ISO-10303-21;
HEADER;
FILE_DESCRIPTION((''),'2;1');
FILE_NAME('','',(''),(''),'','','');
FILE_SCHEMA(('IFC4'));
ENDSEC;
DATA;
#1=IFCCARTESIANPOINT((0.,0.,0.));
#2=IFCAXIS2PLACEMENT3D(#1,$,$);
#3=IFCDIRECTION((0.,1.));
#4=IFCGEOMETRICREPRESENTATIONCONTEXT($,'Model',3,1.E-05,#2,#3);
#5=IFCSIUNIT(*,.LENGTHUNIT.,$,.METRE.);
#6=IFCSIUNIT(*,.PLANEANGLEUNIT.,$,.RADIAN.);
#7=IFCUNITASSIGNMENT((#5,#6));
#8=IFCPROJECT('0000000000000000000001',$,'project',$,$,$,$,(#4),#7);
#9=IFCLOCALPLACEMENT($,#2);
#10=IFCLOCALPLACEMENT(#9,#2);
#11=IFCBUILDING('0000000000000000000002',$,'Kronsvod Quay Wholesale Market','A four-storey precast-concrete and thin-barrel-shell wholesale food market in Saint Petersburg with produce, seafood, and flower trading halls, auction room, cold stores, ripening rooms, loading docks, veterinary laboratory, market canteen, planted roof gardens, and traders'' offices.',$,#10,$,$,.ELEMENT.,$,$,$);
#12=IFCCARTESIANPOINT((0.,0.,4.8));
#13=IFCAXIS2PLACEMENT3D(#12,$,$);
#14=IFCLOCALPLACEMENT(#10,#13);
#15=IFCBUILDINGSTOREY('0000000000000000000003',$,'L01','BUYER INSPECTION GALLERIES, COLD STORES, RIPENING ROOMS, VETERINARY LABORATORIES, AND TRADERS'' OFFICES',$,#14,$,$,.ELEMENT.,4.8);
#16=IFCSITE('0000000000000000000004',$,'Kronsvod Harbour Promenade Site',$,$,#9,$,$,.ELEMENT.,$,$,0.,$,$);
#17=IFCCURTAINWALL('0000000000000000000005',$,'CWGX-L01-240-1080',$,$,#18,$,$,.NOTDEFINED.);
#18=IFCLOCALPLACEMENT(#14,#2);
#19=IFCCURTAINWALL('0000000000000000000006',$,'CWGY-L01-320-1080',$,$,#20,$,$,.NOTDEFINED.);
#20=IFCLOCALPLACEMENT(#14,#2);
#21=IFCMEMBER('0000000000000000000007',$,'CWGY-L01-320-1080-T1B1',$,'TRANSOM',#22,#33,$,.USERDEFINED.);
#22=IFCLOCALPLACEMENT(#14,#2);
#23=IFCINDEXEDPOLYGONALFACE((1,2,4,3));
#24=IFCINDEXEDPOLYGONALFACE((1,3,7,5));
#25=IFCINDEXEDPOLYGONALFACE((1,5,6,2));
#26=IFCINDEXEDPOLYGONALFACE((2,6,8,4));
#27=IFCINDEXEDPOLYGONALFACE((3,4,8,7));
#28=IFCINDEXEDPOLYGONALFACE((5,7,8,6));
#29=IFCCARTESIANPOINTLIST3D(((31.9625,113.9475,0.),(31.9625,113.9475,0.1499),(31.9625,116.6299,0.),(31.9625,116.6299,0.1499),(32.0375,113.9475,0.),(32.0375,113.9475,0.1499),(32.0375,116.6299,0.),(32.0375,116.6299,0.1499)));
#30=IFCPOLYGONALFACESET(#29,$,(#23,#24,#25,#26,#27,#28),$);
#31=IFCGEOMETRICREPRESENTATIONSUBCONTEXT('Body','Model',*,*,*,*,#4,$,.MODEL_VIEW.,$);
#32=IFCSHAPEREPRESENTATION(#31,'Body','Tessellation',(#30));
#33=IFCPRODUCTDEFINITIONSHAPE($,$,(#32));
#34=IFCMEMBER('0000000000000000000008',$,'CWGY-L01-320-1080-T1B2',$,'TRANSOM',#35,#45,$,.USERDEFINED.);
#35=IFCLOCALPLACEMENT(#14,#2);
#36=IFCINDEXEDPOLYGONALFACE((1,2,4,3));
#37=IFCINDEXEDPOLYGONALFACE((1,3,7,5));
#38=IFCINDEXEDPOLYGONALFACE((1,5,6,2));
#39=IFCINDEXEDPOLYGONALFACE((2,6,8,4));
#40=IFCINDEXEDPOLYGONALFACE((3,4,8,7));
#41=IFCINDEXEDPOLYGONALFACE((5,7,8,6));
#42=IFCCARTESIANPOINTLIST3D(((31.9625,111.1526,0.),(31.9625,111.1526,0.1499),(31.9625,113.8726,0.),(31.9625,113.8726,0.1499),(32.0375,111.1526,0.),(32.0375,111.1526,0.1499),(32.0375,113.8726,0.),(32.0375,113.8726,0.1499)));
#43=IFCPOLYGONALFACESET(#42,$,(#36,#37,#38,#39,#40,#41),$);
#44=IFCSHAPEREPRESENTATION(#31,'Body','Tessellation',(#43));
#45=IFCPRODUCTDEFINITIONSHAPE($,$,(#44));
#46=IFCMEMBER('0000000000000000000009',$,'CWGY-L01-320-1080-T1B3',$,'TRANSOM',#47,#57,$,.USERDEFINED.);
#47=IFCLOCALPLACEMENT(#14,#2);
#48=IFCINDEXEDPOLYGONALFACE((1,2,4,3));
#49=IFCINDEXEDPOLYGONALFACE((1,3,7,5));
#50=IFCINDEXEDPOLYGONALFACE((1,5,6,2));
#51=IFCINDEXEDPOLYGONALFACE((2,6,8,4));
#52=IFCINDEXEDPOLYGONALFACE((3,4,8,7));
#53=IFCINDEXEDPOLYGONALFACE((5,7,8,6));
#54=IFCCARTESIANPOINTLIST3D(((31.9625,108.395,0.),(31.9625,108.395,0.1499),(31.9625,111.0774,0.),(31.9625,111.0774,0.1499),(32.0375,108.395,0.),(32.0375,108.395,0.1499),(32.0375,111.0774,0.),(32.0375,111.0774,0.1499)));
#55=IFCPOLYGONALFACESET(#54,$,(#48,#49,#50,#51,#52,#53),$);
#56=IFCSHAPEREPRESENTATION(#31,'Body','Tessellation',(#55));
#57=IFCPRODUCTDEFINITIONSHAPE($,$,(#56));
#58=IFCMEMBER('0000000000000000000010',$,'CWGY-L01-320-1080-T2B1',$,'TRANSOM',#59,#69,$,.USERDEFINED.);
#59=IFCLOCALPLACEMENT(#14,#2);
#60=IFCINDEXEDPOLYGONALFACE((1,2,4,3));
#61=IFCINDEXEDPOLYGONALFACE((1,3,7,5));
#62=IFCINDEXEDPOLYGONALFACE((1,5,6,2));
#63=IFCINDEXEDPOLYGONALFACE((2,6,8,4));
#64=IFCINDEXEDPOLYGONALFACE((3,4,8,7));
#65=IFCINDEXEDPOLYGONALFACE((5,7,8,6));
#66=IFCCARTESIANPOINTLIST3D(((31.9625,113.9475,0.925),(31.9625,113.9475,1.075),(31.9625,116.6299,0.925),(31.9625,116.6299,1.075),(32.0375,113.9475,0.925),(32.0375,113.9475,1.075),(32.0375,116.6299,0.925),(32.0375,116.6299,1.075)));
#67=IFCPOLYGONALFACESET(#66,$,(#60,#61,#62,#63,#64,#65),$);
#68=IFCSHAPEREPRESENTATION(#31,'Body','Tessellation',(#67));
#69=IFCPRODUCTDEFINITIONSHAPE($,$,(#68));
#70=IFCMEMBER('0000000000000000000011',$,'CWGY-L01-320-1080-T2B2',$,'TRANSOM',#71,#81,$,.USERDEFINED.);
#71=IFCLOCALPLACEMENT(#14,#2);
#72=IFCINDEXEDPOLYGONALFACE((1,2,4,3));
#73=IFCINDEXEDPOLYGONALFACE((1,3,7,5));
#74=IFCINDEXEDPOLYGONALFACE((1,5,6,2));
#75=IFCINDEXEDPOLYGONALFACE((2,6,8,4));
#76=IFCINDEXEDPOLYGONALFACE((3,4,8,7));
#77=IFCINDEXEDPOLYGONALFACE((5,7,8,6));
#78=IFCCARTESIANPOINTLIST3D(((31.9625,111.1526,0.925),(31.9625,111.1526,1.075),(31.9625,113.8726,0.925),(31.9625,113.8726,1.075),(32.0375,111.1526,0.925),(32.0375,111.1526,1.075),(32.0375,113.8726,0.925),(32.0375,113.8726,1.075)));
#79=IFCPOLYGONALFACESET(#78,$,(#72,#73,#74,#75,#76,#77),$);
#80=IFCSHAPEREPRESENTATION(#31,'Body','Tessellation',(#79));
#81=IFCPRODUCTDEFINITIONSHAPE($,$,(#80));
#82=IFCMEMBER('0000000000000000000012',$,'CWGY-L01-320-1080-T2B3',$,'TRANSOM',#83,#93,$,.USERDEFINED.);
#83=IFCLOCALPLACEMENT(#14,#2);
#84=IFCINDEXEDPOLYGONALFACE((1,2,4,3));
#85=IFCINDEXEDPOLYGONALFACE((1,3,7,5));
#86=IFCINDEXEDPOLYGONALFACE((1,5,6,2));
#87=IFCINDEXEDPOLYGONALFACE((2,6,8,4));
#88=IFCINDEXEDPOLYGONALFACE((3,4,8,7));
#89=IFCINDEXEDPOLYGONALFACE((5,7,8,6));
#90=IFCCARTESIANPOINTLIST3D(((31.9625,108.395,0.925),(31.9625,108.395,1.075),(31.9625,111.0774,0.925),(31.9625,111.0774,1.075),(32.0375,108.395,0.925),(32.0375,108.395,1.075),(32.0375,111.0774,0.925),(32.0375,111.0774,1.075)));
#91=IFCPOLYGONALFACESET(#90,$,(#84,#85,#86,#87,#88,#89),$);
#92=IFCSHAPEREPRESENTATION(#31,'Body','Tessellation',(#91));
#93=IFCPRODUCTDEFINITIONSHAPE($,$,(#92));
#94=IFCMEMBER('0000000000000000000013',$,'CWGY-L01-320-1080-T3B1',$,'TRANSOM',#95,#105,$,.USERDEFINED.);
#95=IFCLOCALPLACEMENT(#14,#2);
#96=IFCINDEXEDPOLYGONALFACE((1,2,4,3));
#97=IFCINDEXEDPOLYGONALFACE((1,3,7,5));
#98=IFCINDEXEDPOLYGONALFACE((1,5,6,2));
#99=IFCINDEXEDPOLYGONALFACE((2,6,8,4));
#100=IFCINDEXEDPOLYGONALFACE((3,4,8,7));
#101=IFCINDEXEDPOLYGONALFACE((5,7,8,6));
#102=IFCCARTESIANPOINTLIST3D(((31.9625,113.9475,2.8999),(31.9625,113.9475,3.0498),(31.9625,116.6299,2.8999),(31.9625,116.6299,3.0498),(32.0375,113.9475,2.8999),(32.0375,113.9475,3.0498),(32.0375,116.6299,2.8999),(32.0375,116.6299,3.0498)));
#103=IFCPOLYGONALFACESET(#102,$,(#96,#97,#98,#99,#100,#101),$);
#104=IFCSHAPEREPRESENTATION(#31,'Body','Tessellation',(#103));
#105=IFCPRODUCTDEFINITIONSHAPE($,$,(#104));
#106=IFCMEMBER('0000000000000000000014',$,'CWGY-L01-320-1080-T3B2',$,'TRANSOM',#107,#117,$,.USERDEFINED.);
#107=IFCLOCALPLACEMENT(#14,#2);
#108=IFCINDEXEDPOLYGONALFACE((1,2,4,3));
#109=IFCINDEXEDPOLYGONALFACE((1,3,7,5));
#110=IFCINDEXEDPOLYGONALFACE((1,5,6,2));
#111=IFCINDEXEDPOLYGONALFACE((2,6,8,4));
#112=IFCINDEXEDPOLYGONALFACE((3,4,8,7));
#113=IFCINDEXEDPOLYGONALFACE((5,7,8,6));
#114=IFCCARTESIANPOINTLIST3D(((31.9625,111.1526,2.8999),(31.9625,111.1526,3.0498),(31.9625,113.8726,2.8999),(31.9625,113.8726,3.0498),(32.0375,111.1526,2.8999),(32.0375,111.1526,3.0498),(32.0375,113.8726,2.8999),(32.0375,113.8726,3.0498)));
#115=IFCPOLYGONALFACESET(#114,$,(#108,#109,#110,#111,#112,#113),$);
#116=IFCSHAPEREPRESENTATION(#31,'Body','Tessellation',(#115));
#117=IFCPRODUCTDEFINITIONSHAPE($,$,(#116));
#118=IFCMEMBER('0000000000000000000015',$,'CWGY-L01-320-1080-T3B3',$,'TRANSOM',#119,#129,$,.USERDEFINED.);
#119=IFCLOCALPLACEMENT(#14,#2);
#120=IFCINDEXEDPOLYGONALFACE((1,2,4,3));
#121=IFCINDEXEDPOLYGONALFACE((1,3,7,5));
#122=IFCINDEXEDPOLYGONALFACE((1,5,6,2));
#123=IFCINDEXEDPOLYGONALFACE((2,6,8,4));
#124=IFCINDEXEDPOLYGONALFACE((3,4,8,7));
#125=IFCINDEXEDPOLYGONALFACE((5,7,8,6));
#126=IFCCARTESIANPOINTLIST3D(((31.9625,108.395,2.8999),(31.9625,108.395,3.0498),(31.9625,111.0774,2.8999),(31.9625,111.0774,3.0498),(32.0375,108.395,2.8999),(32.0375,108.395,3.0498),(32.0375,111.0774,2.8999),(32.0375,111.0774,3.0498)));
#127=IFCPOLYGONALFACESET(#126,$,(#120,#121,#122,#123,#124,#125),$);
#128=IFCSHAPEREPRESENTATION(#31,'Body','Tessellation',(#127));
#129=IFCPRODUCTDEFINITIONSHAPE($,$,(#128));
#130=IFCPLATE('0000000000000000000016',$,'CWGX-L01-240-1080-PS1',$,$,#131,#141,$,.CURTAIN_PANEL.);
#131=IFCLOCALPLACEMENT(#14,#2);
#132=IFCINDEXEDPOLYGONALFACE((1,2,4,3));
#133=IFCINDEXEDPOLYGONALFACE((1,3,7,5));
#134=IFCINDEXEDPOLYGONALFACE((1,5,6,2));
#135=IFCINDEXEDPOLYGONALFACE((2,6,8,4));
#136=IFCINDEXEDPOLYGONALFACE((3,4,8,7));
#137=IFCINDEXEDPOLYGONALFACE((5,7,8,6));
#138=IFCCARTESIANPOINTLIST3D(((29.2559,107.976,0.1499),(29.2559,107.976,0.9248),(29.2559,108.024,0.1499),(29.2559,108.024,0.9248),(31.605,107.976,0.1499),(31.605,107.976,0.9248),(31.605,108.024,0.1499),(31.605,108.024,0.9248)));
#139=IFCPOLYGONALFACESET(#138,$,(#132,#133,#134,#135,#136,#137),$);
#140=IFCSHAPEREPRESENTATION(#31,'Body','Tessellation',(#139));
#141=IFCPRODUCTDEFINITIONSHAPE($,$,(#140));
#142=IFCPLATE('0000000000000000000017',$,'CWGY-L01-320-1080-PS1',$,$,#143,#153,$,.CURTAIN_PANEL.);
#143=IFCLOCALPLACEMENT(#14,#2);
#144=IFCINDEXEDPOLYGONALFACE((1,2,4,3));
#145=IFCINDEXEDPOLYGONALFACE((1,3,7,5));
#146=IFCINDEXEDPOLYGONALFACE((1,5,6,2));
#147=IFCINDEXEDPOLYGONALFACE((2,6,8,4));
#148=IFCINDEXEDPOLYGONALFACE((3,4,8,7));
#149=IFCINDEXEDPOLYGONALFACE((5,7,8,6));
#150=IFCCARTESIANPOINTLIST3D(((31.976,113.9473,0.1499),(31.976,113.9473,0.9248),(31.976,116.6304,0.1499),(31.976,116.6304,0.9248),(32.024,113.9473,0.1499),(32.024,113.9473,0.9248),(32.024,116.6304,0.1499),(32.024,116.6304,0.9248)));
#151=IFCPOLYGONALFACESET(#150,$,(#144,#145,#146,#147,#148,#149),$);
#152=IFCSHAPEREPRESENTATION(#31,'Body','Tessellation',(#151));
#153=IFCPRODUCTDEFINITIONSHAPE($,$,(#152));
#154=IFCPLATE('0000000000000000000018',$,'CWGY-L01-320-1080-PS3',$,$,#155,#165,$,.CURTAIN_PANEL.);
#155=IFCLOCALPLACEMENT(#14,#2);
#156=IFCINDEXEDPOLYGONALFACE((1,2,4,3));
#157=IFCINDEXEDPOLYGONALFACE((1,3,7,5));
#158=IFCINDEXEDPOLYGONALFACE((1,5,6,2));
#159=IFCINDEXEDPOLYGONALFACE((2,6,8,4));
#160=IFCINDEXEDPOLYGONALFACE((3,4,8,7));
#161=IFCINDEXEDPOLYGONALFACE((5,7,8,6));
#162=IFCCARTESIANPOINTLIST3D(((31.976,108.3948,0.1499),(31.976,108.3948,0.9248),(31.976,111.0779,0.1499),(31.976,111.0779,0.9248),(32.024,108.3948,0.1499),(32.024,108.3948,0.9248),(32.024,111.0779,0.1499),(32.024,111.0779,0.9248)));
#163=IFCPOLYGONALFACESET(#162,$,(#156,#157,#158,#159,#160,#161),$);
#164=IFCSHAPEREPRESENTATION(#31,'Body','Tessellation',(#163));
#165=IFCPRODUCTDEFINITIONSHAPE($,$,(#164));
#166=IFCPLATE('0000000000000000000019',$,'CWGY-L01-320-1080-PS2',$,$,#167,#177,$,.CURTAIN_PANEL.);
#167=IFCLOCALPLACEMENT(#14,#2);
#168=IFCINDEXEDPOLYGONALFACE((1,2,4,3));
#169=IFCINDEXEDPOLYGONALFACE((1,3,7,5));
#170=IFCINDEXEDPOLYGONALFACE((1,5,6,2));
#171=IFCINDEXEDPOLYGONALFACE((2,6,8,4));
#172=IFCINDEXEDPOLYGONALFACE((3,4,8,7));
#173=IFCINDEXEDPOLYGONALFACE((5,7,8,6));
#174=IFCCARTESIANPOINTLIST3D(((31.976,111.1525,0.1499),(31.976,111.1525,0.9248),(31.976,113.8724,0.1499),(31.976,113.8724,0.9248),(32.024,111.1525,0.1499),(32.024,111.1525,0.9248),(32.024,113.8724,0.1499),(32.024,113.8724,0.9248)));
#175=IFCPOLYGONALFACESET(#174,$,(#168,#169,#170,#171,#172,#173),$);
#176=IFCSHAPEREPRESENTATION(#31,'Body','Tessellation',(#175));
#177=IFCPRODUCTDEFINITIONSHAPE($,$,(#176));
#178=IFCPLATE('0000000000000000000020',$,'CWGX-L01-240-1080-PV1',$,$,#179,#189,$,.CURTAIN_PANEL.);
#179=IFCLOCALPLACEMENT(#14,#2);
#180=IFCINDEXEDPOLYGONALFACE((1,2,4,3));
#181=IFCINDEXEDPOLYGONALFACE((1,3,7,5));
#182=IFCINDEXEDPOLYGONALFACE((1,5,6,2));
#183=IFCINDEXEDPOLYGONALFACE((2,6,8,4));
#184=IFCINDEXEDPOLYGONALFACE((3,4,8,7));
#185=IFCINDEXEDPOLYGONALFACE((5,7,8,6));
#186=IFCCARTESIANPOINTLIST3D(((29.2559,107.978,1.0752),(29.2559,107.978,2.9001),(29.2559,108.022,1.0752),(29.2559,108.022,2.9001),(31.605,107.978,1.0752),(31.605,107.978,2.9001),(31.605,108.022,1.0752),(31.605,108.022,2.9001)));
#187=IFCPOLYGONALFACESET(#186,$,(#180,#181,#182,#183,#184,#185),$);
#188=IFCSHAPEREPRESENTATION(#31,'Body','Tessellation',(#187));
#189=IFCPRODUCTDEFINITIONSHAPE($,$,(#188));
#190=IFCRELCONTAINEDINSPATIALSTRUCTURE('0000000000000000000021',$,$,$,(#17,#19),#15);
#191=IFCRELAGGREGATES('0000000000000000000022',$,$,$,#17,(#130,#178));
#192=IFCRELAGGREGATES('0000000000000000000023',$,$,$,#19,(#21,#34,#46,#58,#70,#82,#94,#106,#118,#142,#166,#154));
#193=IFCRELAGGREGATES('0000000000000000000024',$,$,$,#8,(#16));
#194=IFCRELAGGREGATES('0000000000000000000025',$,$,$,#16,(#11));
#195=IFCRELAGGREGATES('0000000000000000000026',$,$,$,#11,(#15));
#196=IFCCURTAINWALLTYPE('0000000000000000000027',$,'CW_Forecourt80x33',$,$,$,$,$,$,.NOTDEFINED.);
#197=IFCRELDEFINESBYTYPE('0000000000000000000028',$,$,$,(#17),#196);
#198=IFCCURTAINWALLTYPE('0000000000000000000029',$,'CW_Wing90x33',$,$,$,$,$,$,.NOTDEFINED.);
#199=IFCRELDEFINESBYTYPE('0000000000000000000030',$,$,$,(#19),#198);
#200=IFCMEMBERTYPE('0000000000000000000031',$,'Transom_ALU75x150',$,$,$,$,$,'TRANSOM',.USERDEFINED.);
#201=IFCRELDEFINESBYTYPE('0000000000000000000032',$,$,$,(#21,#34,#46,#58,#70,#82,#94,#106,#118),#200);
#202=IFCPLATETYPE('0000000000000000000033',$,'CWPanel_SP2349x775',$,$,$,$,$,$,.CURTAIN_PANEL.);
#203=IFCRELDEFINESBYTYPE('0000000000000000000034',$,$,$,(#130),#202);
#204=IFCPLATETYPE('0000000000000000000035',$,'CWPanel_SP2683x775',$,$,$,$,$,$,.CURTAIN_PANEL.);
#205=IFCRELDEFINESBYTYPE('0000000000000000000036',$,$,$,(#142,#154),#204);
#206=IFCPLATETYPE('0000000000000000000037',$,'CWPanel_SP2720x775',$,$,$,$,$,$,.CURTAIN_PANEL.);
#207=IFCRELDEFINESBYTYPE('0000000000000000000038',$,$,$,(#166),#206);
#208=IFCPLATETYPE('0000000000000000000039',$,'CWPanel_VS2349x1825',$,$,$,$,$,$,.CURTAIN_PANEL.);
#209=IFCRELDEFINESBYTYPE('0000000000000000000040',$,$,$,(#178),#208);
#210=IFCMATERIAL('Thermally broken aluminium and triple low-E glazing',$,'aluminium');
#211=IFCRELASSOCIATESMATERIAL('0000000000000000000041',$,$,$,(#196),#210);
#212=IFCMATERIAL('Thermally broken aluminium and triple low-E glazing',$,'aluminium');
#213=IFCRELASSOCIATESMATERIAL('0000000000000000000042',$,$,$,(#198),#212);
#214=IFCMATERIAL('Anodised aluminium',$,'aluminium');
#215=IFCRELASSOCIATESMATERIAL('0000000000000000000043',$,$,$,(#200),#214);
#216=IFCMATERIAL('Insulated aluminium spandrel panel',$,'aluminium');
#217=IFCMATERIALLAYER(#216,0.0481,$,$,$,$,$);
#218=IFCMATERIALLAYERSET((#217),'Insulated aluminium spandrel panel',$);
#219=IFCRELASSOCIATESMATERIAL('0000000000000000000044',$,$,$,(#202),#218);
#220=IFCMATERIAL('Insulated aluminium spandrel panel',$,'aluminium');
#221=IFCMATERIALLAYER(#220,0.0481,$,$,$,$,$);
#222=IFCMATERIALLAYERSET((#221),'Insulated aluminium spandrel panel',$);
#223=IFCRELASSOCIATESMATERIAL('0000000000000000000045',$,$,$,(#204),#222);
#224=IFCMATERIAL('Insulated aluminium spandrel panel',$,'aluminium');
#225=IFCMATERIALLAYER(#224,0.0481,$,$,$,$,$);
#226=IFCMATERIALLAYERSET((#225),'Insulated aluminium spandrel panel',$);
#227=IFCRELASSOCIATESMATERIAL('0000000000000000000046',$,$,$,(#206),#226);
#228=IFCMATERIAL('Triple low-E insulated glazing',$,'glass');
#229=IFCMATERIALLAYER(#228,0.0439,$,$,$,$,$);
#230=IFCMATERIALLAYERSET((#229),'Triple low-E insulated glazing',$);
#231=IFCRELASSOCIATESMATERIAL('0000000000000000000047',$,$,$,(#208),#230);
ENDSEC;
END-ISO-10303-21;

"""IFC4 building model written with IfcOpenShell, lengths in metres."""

from ifc_helpers import new_model, si_unit, direction, frame, origin, origin_2d, place, context, subcontext, project, spatial, rectangle, extrude, material, layer, layer_set, material_profile, profile_set, type_object, element, aggregate, save


model = new_model("IFC4")

# Units and contexts
model_context = context("Model", 3, precision=1e-05, world=origin(), true_north=direction((0.0, 1.0)))
body_context = subcontext(model_context, "Body", "Model", "MODEL_VIEW")
ifc_project = project(units=[si_unit("LENGTHUNIT", "METRE"), si_unit("PLANEANGLEUNIT", "RADIAN")], contexts=[model_context])

# Site, building, storey
site_placement = place(None, origin())
site = spatial("IfcSite", under=ifc_project, at=site_placement, Name="Kronsvod Harbour Promenade Site", CompositionType="ELEMENT", RefElevation=0.0)
building_placement = place(site_placement, origin())
building = spatial("IfcBuilding", under=site, at=building_placement, Name="Kronsvod Quay Wholesale Market", Description="A four-storey precast-concrete and thin-barrel-shell wholesale food market in Saint Petersburg with produce, seafood, and flower trading halls, auction room, cold stores, ripening rooms, loading docks, veterinary laboratory, market canteen, planted roof gardens, and traders' offices.", CompositionType="ELEMENT")
storey_placement = place(building_placement, frame((0.0, 0.0, 4.8)))
storey = spatial("IfcBuildingStorey", under=building, at=storey_placement, Name="L01", Description="BUYER INSPECTION GALLERIES, COLD STORES, RIPENING ROOMS, VETERINARY LABORATORIES, AND TRADERS' OFFICES", CompositionType="ELEMENT", Elevation=4.8)

# Curtain walls
ifc_material_1 = material(Name="Thermally broken aluminium and triple low-E glazing", Category="aluminium")
curtain_wall_type_1 = type_object("IfcCurtainWallType", Name="CW_Forecourt80x33", PredefinedType="NOTDEFINED", material=ifc_material_1)
curtain_wall_1_placement = place(storey_placement, origin())
curtain_wall_1 = element("IfcCurtainWall", 1, at=curtain_wall_1_placement, inside=storey, type_object=curtain_wall_type_1, Name="CWGX-L01-240-1080", PredefinedType="NOTDEFINED")
ifc_material_2 = material(Name="Thermally broken aluminium and triple low-E glazing", Category="aluminium")
curtain_wall_type_2 = type_object("IfcCurtainWallType", Name="CW_Wing90x33", PredefinedType="NOTDEFINED", material=ifc_material_2)
curtain_wall_2_placement = place(storey_placement, origin())
curtain_wall_2 = element("IfcCurtainWall", 2, at=curtain_wall_2_placement, inside=storey, type_object=curtain_wall_type_2, Name="CWGY-L01-320-1080", PredefinedType="NOTDEFINED")

# Members
ifc_material_3 = material(Name="Anodised aluminium", Category="aluminium")
ifc_material_profile_1 = material_profile(ifc_material_3, rectangle(XDim=0.075, YDim=0.1499, at=origin_2d()), Name="ALUT75x150")
ifc_profile_set_1 = profile_set([ifc_material_profile_1], Name="Anodised aluminium")
member_type_1 = type_object("IfcMemberType", Name="Transom_ALU75x150", ElementType="TRANSOM", PredefinedType="USERDEFINED", material=ifc_profile_set_1)
member_1_placement = place(storey_placement, frame((32.0, 116.6299, 0.075), z_axis=(0.0, -1.0, 0.0), x_axis=(1.0, 0.0, 0.0)))
member_1 = element("IfcMember", 3, at=member_1_placement, type_object=member_type_1, Name="CWGY-L01-320-1080-T1B1", ObjectType="TRANSOM", PredefinedType="USERDEFINED", context=body_context, shape_type="SweptSolid", body=[
    extrude(rectangle(XDim=0.075, YDim=0.1499, at=origin_2d()), origin(), (0.0, 0.0, 1.0), 2.6824),
])
member_2_placement = place(storey_placement, frame((32.0, 113.8726, 0.075), z_axis=(0.0, -1.0, 0.0), x_axis=(1.0, 0.0, 0.0)))
member_2 = element("IfcMember", 4, at=member_2_placement, type_object=member_type_1, Name="CWGY-L01-320-1080-T1B2", ObjectType="TRANSOM", PredefinedType="USERDEFINED", context=body_context, shape_type="SweptSolid", body=[
    extrude(rectangle(XDim=0.075, YDim=0.1499, at=origin_2d()), origin(), (0.0, 0.0, 1.0), 2.72),
])
member_3_placement = place(storey_placement, frame((32.0, 111.0774, 0.075), z_axis=(0.0, -1.0, 0.0), x_axis=(1.0, 0.0, 0.0)))
member_3 = element("IfcMember", 5, at=member_3_placement, type_object=member_type_1, Name="CWGY-L01-320-1080-T1B3", ObjectType="TRANSOM", PredefinedType="USERDEFINED", context=body_context, shape_type="SweptSolid", body=[
    extrude(rectangle(XDim=0.075, YDim=0.1499, at=origin_2d()), origin(), (0.0, 0.0, 1.0), 2.6824),
])
member_4_placement = place(storey_placement, frame((32.0, 116.6299, 1.0), z_axis=(0.0, -1.0, 0.0), x_axis=(1.0, 0.0, 0.0)))
member_4 = element("IfcMember", 6, at=member_4_placement, type_object=member_type_1, Name="CWGY-L01-320-1080-T2B1", ObjectType="TRANSOM", PredefinedType="USERDEFINED", context=body_context, shape_type="SweptSolid", body=[
    extrude(rectangle(XDim=0.075, YDim=0.1499, at=origin_2d()), origin(), (0.0, 0.0, 1.0), 2.6824),
])
member_5_placement = place(storey_placement, frame((32.0, 113.8726, 1.0), z_axis=(0.0, -1.0, 0.0), x_axis=(1.0, 0.0, 0.0)))
member_5 = element("IfcMember", 7, at=member_5_placement, type_object=member_type_1, Name="CWGY-L01-320-1080-T2B2", ObjectType="TRANSOM", PredefinedType="USERDEFINED", context=body_context, shape_type="SweptSolid", body=[
    extrude(rectangle(XDim=0.075, YDim=0.1499, at=origin_2d()), origin(), (0.0, 0.0, 1.0), 2.72),
])
member_6_placement = place(storey_placement, frame((32.0, 111.0774, 1.0), z_axis=(0.0, -1.0, 0.0), x_axis=(1.0, 0.0, 0.0)))
member_6 = element("IfcMember", 8, at=member_6_placement, type_object=member_type_1, Name="CWGY-L01-320-1080-T2B3", ObjectType="TRANSOM", PredefinedType="USERDEFINED", context=body_context, shape_type="SweptSolid", body=[
    extrude(rectangle(XDim=0.075, YDim=0.1499, at=origin_2d()), origin(), (0.0, 0.0, 1.0), 2.6824),
])
member_7_placement = place(storey_placement, frame((32.0, 116.6299, 2.9749), z_axis=(0.0, -1.0, 0.0), x_axis=(1.0, 0.0, 0.0)))
member_7 = element("IfcMember", 9, at=member_7_placement, type_object=member_type_1, Name="CWGY-L01-320-1080-T3B1", ObjectType="TRANSOM", PredefinedType="USERDEFINED", context=body_context, shape_type="SweptSolid", body=[
    extrude(rectangle(XDim=0.075, YDim=0.1499, at=origin_2d()), origin(), (0.0, 0.0, 1.0), 2.6824),
])
member_8_placement = place(storey_placement, frame((32.0, 113.8726, 2.9749), z_axis=(0.0, -1.0, 0.0), x_axis=(1.0, 0.0, 0.0)))
member_8 = element("IfcMember", 10, at=member_8_placement, type_object=member_type_1, Name="CWGY-L01-320-1080-T3B2", ObjectType="TRANSOM", PredefinedType="USERDEFINED", context=body_context, shape_type="SweptSolid", body=[
    extrude(rectangle(XDim=0.075, YDim=0.1499, at=origin_2d()), origin(), (0.0, 0.0, 1.0), 2.72),
])
member_9_placement = place(storey_placement, frame((32.0, 111.0774, 2.9749), z_axis=(0.0, -1.0, 0.0), x_axis=(1.0, 0.0, 0.0)))
member_9 = element("IfcMember", 11, at=member_9_placement, type_object=member_type_1, Name="CWGY-L01-320-1080-T3B3", ObjectType="TRANSOM", PredefinedType="USERDEFINED", context=body_context, shape_type="SweptSolid", body=[
    extrude(rectangle(XDim=0.075, YDim=0.1499, at=origin_2d()), origin(), (0.0, 0.0, 1.0), 2.6824),
])

# Plates
ifc_material_4 = material(Name="Insulated aluminium spandrel panel", Category="aluminium")
ifc_layer_1 = layer(ifc_material_4, 0.0481)
ifc_layer_set_1 = layer_set([ifc_layer_1], Name="Insulated aluminium spandrel panel")
plate_type_1 = type_object("IfcPlateType", Name="CWPanel_SP2349x775", PredefinedType="CURTAIN_PANEL", material=ifc_layer_set_1)
plate_1_placement = place(storey_placement, frame((30.4304, 108.0, 0.1499), z_axis=(0.0, 0.0, 1.0), x_axis=(-1.0, 0.0, 0.0)))
plate_1 = element("IfcPlate", 12, at=plate_1_placement, type_object=plate_type_1, Name="CWGX-L01-240-1080-PS1", PredefinedType="CURTAIN_PANEL", context=body_context, shape_type="SweptSolid", body=[
    extrude(rectangle(XDim=2.3491, YDim=0.0481, at=origin_2d()), origin(), (0.0, 0.0, 1.0), 0.7749),
])
ifc_material_5 = material(Name="Insulated aluminium spandrel panel", Category="aluminium")
ifc_layer_2 = layer(ifc_material_5, 0.0481)
ifc_layer_set_2 = layer_set([ifc_layer_2], Name="Insulated aluminium spandrel panel")
plate_type_2 = type_object("IfcPlateType", Name="CWPanel_SP2683x775", PredefinedType="CURTAIN_PANEL", material=ifc_layer_set_2)
plate_2_placement = place(storey_placement, frame((32.0, 115.2888, 0.1499), z_axis=(0.0, 0.0, 1.0), x_axis=(0.0, -1.0, 0.0)))
plate_2 = element("IfcPlate", 13, at=plate_2_placement, type_object=plate_type_2, Name="CWGY-L01-320-1080-PS1", PredefinedType="CURTAIN_PANEL", context=body_context, shape_type="SweptSolid", body=[
    extrude(rectangle(XDim=2.6831, YDim=0.0481, at=origin_2d()), origin(), (0.0, 0.0, 1.0), 0.7749),
])
plate_3_placement = place(storey_placement, frame((32.0, 109.7363, 0.1499), z_axis=(0.0, 0.0, 1.0), x_axis=(0.0, -1.0, 0.0)))
plate_3 = element("IfcPlate", 14, at=plate_3_placement, type_object=plate_type_2, Name="CWGY-L01-320-1080-PS3", PredefinedType="CURTAIN_PANEL", context=body_context, shape_type="SweptSolid", body=[
    extrude(rectangle(XDim=2.6831, YDim=0.0481, at=origin_2d()), origin(), (0.0, 0.0, 1.0), 0.7749),
])
ifc_material_6 = material(Name="Insulated aluminium spandrel panel", Category="aluminium")
ifc_layer_3 = layer(ifc_material_6, 0.0481)
ifc_layer_set_3 = layer_set([ifc_layer_3], Name="Insulated aluminium spandrel panel")
plate_type_3 = type_object("IfcPlateType", Name="CWPanel_SP2720x775", PredefinedType="CURTAIN_PANEL", material=ifc_layer_set_3)
plate_4_placement = place(storey_placement, frame((32.0, 112.5125, 0.1499), z_axis=(0.0, 0.0, 1.0), x_axis=(0.0, -1.0, 0.0)))
plate_4 = element("IfcPlate", 15, at=plate_4_placement, type_object=plate_type_3, Name="CWGY-L01-320-1080-PS2", PredefinedType="CURTAIN_PANEL", context=body_context, shape_type="SweptSolid", body=[
    extrude(rectangle(XDim=2.72, YDim=0.0481, at=origin_2d()), origin(), (0.0, 0.0, 1.0), 0.7749),
])
ifc_material_7 = material(Name="Triple low-E insulated glazing", Category="glass")
ifc_layer_4 = layer(ifc_material_7, 0.0439)
ifc_layer_set_4 = layer_set([ifc_layer_4], Name="Triple low-E insulated glazing")
plate_type_4 = type_object("IfcPlateType", Name="CWPanel_VS2349x1825", PredefinedType="CURTAIN_PANEL", material=ifc_layer_set_4)
plate_5_placement = place(storey_placement, frame((30.4304, 108.0, 1.0752), z_axis=(0.0, 0.0, 1.0), x_axis=(-1.0, 0.0, 0.0)))
plate_5 = element("IfcPlate", 16, at=plate_5_placement, type_object=plate_type_4, Name="CWGX-L01-240-1080-PV1", PredefinedType="CURTAIN_PANEL", context=body_context, shape_type="SweptSolid", body=[
    extrude(rectangle(XDim=2.3491, YDim=0.0439, at=origin_2d()), origin(), (0.0, 0.0, 1.0), 1.825),
])
aggregate(curtain_wall_1, [plate_1, plate_5])
aggregate(curtain_wall_2, [member_1, member_2, member_3, member_4, member_5, member_6, member_7, member_8, member_9, plate_2, plate_4, plate_3])

save(model, "model.ifc")
